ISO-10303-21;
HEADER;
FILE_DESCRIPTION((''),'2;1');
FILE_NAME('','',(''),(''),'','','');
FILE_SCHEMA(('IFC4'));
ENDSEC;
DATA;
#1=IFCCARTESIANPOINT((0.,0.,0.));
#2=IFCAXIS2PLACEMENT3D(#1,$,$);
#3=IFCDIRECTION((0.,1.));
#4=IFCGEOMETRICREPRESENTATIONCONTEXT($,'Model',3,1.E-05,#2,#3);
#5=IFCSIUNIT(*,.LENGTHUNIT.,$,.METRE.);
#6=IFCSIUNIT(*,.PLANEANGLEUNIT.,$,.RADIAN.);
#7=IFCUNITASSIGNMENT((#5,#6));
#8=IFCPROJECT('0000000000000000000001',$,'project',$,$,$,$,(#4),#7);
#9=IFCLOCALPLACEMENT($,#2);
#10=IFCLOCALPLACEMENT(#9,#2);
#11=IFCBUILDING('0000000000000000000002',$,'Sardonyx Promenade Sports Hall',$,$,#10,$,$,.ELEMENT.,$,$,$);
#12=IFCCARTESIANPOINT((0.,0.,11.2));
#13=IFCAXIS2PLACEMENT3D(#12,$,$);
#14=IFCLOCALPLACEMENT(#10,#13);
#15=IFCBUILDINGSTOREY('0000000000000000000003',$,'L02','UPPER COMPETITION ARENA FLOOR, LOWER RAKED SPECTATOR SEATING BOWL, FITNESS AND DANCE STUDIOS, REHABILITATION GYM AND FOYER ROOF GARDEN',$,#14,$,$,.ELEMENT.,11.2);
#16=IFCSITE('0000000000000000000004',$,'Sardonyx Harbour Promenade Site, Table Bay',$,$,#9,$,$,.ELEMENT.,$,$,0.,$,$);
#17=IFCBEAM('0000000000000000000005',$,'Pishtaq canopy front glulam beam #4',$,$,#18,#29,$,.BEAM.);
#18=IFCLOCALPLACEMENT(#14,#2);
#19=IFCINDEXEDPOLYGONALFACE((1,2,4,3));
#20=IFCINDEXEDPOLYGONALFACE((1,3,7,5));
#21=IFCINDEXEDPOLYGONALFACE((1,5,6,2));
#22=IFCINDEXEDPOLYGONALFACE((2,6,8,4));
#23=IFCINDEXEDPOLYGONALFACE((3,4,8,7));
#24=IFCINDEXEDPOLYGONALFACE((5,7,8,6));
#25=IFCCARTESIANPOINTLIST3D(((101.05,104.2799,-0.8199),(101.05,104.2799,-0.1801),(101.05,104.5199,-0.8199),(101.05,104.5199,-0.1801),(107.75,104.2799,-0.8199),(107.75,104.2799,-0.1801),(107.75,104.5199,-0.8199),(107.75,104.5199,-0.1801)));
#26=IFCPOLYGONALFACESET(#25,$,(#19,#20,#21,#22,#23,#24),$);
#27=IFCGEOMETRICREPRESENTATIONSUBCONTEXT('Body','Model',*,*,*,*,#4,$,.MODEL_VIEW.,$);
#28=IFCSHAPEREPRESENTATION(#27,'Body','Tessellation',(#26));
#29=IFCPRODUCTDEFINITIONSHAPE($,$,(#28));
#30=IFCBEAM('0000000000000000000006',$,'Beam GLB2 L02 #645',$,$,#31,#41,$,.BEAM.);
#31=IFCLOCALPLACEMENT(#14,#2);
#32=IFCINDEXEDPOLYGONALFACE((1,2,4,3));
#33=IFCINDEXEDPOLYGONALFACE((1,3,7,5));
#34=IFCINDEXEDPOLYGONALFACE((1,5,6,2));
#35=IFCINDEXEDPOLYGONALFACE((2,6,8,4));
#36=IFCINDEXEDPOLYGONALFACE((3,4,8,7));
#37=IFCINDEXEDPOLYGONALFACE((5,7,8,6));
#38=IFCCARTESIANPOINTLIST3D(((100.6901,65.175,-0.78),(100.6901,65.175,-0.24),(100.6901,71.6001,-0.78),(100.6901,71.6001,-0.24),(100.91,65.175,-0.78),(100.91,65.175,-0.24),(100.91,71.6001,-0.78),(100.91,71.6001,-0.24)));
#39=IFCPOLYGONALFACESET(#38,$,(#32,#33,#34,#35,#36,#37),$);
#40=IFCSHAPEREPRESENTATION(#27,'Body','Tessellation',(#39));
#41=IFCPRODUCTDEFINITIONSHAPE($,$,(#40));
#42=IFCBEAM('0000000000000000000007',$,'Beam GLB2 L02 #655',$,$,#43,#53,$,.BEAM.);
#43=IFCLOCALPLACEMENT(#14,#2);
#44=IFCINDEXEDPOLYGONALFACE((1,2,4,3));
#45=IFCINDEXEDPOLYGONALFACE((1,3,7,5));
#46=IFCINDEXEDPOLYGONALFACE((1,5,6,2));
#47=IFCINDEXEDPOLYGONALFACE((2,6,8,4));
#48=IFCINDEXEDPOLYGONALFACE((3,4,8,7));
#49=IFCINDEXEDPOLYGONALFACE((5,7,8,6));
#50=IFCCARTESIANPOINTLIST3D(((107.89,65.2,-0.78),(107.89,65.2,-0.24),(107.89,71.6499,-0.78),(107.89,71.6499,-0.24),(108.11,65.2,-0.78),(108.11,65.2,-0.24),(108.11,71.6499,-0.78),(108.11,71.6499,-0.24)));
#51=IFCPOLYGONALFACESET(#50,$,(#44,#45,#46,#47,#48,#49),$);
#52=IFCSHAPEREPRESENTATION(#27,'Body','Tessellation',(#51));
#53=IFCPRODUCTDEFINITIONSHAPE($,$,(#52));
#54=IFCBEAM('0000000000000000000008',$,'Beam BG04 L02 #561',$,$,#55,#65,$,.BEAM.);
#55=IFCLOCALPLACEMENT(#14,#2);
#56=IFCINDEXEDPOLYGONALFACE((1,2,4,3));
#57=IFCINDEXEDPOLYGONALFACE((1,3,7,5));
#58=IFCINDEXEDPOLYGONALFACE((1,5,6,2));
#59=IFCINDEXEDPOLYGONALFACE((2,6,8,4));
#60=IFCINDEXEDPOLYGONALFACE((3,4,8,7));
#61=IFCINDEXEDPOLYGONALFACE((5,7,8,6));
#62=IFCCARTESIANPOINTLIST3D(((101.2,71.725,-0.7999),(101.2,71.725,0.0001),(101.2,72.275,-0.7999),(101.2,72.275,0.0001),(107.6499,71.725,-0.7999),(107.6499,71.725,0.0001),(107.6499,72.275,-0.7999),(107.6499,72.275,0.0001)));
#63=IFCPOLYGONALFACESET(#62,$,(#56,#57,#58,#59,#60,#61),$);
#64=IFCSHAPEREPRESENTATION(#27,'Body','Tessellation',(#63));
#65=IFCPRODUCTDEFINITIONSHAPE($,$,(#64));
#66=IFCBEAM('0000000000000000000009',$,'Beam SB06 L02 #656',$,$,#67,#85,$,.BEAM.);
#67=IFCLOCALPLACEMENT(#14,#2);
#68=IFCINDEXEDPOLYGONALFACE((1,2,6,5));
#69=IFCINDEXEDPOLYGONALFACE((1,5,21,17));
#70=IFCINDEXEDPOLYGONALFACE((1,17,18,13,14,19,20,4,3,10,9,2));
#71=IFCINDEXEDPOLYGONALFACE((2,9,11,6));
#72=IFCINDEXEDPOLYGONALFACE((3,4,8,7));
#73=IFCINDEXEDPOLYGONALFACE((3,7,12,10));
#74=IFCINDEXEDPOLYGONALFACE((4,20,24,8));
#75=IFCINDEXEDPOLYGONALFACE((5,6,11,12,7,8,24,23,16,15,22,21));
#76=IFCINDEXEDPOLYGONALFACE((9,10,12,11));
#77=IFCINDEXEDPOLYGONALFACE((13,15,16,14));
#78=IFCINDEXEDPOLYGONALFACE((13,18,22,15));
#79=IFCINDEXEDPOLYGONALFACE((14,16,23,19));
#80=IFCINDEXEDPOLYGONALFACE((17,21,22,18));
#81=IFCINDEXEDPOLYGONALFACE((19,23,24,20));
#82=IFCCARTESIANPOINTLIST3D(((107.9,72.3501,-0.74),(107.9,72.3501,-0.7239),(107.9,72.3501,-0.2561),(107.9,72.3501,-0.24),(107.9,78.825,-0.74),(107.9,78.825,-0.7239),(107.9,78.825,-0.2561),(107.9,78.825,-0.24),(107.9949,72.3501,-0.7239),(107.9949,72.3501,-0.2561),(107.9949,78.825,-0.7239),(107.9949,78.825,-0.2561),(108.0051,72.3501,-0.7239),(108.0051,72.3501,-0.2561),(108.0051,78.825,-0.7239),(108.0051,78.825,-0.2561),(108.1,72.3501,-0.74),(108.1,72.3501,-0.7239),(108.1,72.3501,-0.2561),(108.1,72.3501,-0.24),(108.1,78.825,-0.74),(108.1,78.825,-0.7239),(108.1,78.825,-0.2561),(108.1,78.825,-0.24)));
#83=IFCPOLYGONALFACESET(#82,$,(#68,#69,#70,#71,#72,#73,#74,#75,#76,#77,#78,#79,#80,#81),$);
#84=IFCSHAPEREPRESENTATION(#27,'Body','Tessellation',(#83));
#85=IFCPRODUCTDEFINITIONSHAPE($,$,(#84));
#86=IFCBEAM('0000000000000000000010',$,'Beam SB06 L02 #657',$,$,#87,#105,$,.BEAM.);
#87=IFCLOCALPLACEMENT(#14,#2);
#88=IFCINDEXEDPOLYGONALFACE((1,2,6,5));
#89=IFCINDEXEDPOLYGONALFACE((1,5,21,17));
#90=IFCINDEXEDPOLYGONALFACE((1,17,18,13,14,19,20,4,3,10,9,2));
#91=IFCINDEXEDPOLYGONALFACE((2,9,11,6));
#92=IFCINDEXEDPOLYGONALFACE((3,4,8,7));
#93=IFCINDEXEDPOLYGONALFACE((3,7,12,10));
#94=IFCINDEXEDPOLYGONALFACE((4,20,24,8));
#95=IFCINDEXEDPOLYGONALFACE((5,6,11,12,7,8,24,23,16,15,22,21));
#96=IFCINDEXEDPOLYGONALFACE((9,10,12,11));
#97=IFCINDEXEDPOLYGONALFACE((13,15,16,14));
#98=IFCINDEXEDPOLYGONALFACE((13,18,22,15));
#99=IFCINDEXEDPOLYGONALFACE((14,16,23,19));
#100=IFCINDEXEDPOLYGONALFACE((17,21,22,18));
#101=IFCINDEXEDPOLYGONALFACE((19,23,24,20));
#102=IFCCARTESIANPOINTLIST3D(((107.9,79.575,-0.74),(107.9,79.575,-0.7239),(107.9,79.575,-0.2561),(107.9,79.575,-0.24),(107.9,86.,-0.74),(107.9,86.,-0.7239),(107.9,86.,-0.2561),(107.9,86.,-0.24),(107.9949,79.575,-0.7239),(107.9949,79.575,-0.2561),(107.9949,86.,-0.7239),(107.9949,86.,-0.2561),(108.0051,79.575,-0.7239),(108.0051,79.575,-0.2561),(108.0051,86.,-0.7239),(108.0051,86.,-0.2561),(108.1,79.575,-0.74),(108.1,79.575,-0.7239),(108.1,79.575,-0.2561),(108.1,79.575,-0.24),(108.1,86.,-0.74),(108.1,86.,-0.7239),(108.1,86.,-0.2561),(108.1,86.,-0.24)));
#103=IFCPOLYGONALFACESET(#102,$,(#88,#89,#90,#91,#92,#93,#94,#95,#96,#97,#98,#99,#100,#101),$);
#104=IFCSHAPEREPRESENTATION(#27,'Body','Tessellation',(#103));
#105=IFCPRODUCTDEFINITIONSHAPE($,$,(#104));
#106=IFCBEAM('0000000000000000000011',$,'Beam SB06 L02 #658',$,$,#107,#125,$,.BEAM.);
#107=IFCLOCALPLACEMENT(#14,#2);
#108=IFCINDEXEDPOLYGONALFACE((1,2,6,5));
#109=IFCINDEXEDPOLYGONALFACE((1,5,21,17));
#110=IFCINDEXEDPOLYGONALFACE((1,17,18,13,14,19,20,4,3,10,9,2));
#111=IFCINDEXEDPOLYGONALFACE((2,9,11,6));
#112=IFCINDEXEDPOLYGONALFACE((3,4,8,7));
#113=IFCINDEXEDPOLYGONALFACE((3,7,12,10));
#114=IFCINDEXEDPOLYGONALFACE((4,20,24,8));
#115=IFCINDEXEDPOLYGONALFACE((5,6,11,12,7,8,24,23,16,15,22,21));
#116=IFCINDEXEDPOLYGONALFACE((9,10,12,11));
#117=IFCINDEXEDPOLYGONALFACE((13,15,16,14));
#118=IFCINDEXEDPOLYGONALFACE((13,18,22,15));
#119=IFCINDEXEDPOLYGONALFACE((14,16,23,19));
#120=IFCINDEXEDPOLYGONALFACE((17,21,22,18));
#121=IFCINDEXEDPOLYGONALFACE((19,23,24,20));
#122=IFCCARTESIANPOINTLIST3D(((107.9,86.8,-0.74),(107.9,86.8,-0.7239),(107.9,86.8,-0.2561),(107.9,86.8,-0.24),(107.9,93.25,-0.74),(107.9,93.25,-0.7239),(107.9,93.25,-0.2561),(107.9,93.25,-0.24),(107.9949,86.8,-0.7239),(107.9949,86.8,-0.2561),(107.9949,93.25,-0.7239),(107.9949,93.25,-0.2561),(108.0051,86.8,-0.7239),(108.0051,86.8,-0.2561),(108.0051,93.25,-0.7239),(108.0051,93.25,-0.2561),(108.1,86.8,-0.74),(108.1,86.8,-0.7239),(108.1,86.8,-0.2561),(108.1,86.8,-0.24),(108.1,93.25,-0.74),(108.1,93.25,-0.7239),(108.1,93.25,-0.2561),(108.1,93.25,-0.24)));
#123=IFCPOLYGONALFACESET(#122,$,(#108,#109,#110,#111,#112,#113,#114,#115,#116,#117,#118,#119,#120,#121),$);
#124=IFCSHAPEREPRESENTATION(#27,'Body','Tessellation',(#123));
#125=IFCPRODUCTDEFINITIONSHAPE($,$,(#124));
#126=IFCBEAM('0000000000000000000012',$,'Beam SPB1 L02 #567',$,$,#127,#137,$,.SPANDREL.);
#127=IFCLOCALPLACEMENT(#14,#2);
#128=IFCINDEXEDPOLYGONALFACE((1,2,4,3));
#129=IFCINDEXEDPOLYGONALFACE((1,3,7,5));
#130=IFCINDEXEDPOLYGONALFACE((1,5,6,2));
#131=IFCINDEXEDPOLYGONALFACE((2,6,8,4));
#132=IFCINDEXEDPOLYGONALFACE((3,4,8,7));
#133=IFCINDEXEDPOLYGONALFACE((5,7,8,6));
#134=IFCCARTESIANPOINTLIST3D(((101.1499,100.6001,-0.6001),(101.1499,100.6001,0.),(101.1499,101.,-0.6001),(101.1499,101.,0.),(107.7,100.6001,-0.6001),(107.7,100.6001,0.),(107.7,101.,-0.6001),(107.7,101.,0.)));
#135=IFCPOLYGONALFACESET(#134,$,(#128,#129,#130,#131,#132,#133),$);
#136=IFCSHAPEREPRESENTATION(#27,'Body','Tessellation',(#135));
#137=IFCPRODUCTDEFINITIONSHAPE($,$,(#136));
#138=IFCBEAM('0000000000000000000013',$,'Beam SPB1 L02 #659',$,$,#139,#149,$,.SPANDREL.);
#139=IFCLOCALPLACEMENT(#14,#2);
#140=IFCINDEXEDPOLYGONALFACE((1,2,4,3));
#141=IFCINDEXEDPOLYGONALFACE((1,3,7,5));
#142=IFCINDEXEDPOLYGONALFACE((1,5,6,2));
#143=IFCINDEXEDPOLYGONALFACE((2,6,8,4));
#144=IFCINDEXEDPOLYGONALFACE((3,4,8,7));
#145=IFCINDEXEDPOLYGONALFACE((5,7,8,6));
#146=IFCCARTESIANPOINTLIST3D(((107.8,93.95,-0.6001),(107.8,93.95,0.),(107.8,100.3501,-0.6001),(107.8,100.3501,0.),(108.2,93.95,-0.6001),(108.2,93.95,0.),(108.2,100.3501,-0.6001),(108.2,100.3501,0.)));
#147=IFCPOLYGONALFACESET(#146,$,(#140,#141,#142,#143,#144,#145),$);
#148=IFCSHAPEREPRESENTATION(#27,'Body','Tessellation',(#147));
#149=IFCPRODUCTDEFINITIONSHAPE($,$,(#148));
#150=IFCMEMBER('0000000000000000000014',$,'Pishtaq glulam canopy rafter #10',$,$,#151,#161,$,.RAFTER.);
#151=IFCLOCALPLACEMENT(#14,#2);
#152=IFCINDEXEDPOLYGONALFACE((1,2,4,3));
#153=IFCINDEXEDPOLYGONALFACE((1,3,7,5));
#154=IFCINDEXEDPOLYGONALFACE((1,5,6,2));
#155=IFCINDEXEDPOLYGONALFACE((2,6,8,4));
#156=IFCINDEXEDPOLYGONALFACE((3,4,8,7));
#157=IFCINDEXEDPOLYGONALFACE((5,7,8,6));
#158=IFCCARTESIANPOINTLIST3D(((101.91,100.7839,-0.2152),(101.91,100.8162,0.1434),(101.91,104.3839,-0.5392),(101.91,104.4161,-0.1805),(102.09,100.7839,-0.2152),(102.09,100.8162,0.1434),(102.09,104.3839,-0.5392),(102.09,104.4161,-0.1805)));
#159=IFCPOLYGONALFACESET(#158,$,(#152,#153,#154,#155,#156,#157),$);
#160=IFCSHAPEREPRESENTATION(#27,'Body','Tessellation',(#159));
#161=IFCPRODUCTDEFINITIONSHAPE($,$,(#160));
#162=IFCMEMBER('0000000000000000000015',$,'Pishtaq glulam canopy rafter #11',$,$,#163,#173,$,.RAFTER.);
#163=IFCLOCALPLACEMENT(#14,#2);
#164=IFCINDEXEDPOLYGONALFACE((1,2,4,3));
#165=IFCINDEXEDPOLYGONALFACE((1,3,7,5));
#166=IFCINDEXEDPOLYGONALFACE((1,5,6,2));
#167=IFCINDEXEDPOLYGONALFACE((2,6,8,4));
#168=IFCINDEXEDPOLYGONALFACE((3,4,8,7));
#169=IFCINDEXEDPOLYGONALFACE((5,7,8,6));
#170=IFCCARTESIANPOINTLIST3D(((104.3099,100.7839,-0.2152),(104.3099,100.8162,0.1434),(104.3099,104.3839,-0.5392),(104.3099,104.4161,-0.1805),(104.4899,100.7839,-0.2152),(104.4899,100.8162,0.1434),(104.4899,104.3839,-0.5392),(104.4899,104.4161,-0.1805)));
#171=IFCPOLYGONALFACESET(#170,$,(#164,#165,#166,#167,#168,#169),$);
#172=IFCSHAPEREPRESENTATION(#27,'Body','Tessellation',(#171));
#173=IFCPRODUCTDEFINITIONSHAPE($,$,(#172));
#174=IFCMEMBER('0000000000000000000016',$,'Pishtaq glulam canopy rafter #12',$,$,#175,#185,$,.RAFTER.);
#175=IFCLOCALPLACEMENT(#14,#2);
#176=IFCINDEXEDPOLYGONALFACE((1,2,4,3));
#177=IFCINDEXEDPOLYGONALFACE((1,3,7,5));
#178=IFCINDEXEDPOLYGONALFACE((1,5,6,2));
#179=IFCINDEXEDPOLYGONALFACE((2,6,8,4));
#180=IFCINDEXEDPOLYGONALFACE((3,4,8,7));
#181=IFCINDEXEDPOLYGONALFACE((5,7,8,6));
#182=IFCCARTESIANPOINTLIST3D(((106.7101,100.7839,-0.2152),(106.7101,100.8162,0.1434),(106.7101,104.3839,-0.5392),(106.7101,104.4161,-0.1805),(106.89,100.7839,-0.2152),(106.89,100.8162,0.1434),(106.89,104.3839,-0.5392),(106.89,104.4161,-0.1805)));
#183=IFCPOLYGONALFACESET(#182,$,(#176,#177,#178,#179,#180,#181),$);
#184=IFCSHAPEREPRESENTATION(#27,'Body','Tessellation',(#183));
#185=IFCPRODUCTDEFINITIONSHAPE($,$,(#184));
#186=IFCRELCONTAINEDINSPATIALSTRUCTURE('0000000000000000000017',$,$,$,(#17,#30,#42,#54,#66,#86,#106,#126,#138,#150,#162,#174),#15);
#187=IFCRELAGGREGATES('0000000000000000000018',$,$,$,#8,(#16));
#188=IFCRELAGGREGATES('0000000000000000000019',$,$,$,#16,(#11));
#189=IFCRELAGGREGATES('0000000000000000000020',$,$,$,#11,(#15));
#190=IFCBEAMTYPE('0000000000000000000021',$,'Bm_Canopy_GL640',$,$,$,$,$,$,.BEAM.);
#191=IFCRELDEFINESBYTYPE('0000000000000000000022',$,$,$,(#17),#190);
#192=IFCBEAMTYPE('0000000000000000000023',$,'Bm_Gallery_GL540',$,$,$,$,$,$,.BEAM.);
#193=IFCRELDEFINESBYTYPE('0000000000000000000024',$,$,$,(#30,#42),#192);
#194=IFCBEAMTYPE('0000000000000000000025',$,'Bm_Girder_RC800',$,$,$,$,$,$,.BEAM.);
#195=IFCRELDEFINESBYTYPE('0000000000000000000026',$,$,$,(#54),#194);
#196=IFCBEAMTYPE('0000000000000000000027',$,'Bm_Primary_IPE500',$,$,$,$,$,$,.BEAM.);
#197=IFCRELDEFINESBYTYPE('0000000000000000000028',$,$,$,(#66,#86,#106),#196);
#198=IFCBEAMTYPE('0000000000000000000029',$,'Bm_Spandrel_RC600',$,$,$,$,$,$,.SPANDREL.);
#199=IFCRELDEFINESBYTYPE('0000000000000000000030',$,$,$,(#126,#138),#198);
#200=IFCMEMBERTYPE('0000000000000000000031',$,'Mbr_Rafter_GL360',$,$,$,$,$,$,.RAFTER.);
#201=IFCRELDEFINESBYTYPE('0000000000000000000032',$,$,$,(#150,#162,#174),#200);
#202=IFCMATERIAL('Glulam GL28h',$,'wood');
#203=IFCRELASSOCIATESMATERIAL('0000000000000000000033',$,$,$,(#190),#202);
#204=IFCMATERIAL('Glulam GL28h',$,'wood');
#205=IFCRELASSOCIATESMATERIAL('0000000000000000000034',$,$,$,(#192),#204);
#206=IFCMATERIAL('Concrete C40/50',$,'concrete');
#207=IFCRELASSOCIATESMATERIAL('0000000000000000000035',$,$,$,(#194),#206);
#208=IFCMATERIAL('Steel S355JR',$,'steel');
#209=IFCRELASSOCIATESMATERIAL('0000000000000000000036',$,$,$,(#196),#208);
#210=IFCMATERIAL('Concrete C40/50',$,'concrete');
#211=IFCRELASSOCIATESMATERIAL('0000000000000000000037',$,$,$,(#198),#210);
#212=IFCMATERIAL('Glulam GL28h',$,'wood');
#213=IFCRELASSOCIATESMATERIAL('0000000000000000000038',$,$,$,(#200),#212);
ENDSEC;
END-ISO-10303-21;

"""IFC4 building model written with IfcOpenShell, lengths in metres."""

from ifc_helpers import new_model, si_unit, direction, frame, origin, origin_2d, place, context, subcontext, project, spatial, rectangle, i_section, extrude, material, material_profile, profile_set, type_object, element, save


model = new_model("IFC4")

# Units and contexts
model_context = context("Model", 3, precision=1e-05, world=origin(), true_north=direction((0.0, 1.0)))
body_context = subcontext(model_context, "Body", "Model", "MODEL_VIEW")
ifc_project = project(units=[si_unit("LENGTHUNIT", "METRE"), si_unit("PLANEANGLEUNIT", "RADIAN")], contexts=[model_context])

# Site, building, storey
site_placement = place(None, origin())
site = spatial("IfcSite", under=ifc_project, at=site_placement, Name="Sardonyx Harbour Promenade Site, Table Bay", CompositionType="ELEMENT", RefElevation=0.0)
building_placement = place(site_placement, origin())
building = spatial("IfcBuilding", under=site, at=building_placement, Name="Sardonyx Promenade Sports Hall", CompositionType="ELEMENT")
storey_placement = place(building_placement, frame((0.0, 0.0, 11.2)))
storey = spatial("IfcBuildingStorey", under=building, at=storey_placement, Name="L02", Description="UPPER COMPETITION ARENA FLOOR, LOWER RAKED SPECTATOR SEATING BOWL, FITNESS AND DANCE STUDIOS, REHABILITATION GYM AND FOYER ROOF GARDEN", CompositionType="ELEMENT", Elevation=11.2)

# Beams
ifc_material_1 = material(Name="Glulam GL28h", Category="wood")
ifc_material_profile_1 = material_profile(ifc_material_1, rectangle(XDim=0.24, YDim=0.6399, at=origin_2d()))
ifc_profile_set_1 = profile_set([ifc_material_profile_1], Name="Glulam GL28h")
beam_type_1 = type_object("IfcBeamType", Name="Bm_Canopy_GL640", PredefinedType="BEAM", material=ifc_profile_set_1)
beam_1_placement = place(storey_placement, frame((101.05, 104.3999, -0.5), z_axis=(1.0, 0.0, 0.0), x_axis=(0.0, 1.0, 0.0)))
element("IfcBeam", 1, at=beam_1_placement, inside=storey, type_object=beam_type_1, Name="Pishtaq canopy front glulam beam #4", PredefinedType="BEAM", context=body_context, shape_type="SweptSolid", body=[
    extrude(rectangle(XDim=0.24, YDim=0.6399, at=origin_2d()), origin(), (0.0, 0.0, 1.0), 6.7),
])
ifc_material_2 = material(Name="Glulam GL28h", Category="wood")
ifc_material_profile_2 = material_profile(ifc_material_2, rectangle(XDim=0.22, YDim=0.54, at=origin_2d()))
ifc_profile_set_2 = profile_set([ifc_material_profile_2], Name="Glulam GL28h")
beam_type_2 = type_object("IfcBeamType", Name="Bm_Gallery_GL540", PredefinedType="BEAM", material=ifc_profile_set_2)
beam_2_placement = place(storey_placement, frame((100.8, 65.175, -0.51), z_axis=(0.0, 1.0, 0.0), x_axis=(-1.0, 0.0, 0.0)))
element("IfcBeam", 2, at=beam_2_placement, inside=storey, type_object=beam_type_2, Name="Beam GLB2 L02 #645", PredefinedType="BEAM", context=body_context, shape_type="SweptSolid", body=[
    extrude(rectangle(XDim=0.22, YDim=0.54, at=origin_2d()), origin(), (0.0, 0.0, 1.0), 6.425),
])
beam_3_placement = place(storey_placement, frame((108.0, 65.2, -0.51), z_axis=(0.0, 1.0, 0.0), x_axis=(-1.0, 0.0, 0.0)))
element("IfcBeam", 3, at=beam_3_placement, inside=storey, type_object=beam_type_2, Name="Beam GLB2 L02 #655", PredefinedType="BEAM", context=body_context, shape_type="SweptSolid", body=[
    extrude(rectangle(XDim=0.22, YDim=0.54, at=origin_2d()), origin(), (0.0, 0.0, 1.0), 6.45),
])
ifc_material_3 = material(Name="Concrete C40/50", Category="concrete")
ifc_material_profile_3 = material_profile(ifc_material_3, rectangle(XDim=0.55, YDim=0.8, at=origin_2d()))
ifc_profile_set_3 = profile_set([ifc_material_profile_3], Name="Concrete C40/50")
beam_type_3 = type_object("IfcBeamType", Name="Bm_Girder_RC800", PredefinedType="BEAM", material=ifc_profile_set_3)
beam_4_placement = place(storey_placement, frame((101.2, 72.0, -0.3999), z_axis=(1.0, 0.0, 0.0), x_axis=(0.0, 1.0, 0.0)))
element("IfcBeam", 4, at=beam_4_placement, inside=storey, type_object=beam_type_3, Name="Beam BG04 L02 #561", PredefinedType="BEAM", context=body_context, shape_type="SweptSolid", body=[
    extrude(rectangle(XDim=0.55, YDim=0.8, at=origin_2d()), origin(), (0.0, 0.0, 1.0), 6.45),
])
ifc_material_4 = material(Name="Steel S355JR", Category="steel")
ifc_material_profile_4 = material_profile(ifc_material_4, i_section(OverallWidth=0.2, OverallDepth=0.5, WebThickness=0.0103, FlangeThickness=0.0161, at=origin_2d()))
ifc_profile_set_4 = profile_set([ifc_material_profile_4], Name="Steel S355JR")
beam_type_4 = type_object("IfcBeamType", Name="Bm_Primary_IPE500", PredefinedType="BEAM", material=ifc_profile_set_4)
beam_5_placement = place(storey_placement, frame((108.0, 72.3501, -0.49), z_axis=(0.0, 1.0, 0.0), x_axis=(-1.0, 0.0, 0.0)))
element("IfcBeam", 5, at=beam_5_placement, inside=storey, type_object=beam_type_4, Name="Beam SB06 L02 #656", PredefinedType="BEAM", context=body_context, shape_type="SweptSolid", body=[
    extrude(i_section(OverallWidth=0.2, OverallDepth=0.5, WebThickness=0.0103, FlangeThickness=0.0161, at=origin_2d()), origin(), (0.0, 0.0, 1.0), 6.4749),
])
beam_6_placement = place(storey_placement, frame((108.0, 79.575, -0.49), z_axis=(0.0, 1.0, 0.0), x_axis=(-1.0, 0.0, 0.0)))
element("IfcBeam", 6, at=beam_6_placement, inside=storey, type_object=beam_type_4, Name="Beam SB06 L02 #657", PredefinedType="BEAM", context=body_context, shape_type="SweptSolid", body=[
    extrude(i_section(OverallWidth=0.2, OverallDepth=0.5, WebThickness=0.0103, FlangeThickness=0.0161, at=origin_2d()), origin(), (0.0, 0.0, 1.0), 6.425),
])
beam_7_placement = place(storey_placement, frame((108.0, 86.8, -0.49), z_axis=(0.0, 1.0, 0.0), x_axis=(-1.0, 0.0, 0.0)))
element("IfcBeam", 7, at=beam_7_placement, inside=storey, type_object=beam_type_4, Name="Beam SB06 L02 #658", PredefinedType="BEAM", context=body_context, shape_type="SweptSolid", body=[
    extrude(i_section(OverallWidth=0.2, OverallDepth=0.5, WebThickness=0.0103, FlangeThickness=0.0161, at=origin_2d()), origin(), (0.0, 0.0, 1.0), 6.45),
])
ifc_material_5 = material(Name="Concrete C40/50", Category="concrete")
ifc_material_profile_5 = material_profile(ifc_material_5, rectangle(XDim=0.3999, YDim=0.6001, at=origin_2d()))
ifc_profile_set_5 = profile_set([ifc_material_profile_5], Name="Concrete C40/50")
beam_type_5 = type_object("IfcBeamType", Name="Bm_Spandrel_RC600", PredefinedType="SPANDREL", material=ifc_profile_set_5)
beam_8_placement = place(storey_placement, frame((101.1499, 100.8, -0.3), z_axis=(1.0, 0.0, 0.0), x_axis=(0.0, 1.0, 0.0)))
element("IfcBeam", 8, at=beam_8_placement, inside=storey, type_object=beam_type_5, Name="Beam SPB1 L02 #567", PredefinedType="SPANDREL", context=body_context, shape_type="SweptSolid", body=[
    extrude(rectangle(XDim=0.3999, YDim=0.6001, at=origin_2d()), origin(), (0.0, 0.0, 1.0), 6.55),
])
beam_9_placement = place(storey_placement, frame((108.0, 93.95, -0.3), z_axis=(0.0, 1.0, 0.0), x_axis=(-1.0, 0.0, 0.0)))
element("IfcBeam", 9, at=beam_9_placement, inside=storey, type_object=beam_type_5, Name="Beam SPB1 L02 #659", PredefinedType="SPANDREL", context=body_context, shape_type="SweptSolid", body=[
    extrude(rectangle(XDim=0.3999, YDim=0.6001, at=origin_2d()), origin(), (0.0, 0.0, 1.0), 6.4001),
])

# Members
ifc_material_6 = material(Name="Glulam GL28h", Category="wood")
ifc_material_profile_6 = material_profile(ifc_material_6, rectangle(XDim=0.1799, YDim=0.3601, at=origin_2d()))
ifc_profile_set_6 = profile_set([ifc_material_profile_6], Name="Glulam GL28h")
member_type = type_object("IfcMemberType", Name="Mbr_Rafter_GL360", PredefinedType="RAFTER", material=ifc_profile_set_6)
for number, where, z_axis, x_axis, name in (
    (10, (102.0, 100.8, -0.0359), (0.0, 0.995975, -0.089634), (-1.0, 0.0, 0.0), "Pishtaq glulam canopy rafter #10"),
    (11, (104.3999, 100.8, -0.0359), (0.0, 0.995975, -0.089634), (-1.0, 0.0, 0.0), "Pishtaq glulam canopy rafter #11"),
    (12, (106.8, 100.8, -0.0359), (0.0, 0.995975, -0.089634), (-1.0, 0.0, 0.0), "Pishtaq glulam canopy rafter #12"),
):
    element("IfcMember", number, at=place(storey_placement, frame(where, z_axis=z_axis, x_axis=x_axis)), inside=storey, type_object=member_type, Name=name, PredefinedType="RAFTER", context=body_context, shape_type="SweptSolid", body=[
        extrude(rectangle(XDim=0.1799, YDim=0.3601, at=origin_2d()), origin(), (0.0, 0.0, 1.0), 3.6145),
    ])

save(model, "model.ifc")
